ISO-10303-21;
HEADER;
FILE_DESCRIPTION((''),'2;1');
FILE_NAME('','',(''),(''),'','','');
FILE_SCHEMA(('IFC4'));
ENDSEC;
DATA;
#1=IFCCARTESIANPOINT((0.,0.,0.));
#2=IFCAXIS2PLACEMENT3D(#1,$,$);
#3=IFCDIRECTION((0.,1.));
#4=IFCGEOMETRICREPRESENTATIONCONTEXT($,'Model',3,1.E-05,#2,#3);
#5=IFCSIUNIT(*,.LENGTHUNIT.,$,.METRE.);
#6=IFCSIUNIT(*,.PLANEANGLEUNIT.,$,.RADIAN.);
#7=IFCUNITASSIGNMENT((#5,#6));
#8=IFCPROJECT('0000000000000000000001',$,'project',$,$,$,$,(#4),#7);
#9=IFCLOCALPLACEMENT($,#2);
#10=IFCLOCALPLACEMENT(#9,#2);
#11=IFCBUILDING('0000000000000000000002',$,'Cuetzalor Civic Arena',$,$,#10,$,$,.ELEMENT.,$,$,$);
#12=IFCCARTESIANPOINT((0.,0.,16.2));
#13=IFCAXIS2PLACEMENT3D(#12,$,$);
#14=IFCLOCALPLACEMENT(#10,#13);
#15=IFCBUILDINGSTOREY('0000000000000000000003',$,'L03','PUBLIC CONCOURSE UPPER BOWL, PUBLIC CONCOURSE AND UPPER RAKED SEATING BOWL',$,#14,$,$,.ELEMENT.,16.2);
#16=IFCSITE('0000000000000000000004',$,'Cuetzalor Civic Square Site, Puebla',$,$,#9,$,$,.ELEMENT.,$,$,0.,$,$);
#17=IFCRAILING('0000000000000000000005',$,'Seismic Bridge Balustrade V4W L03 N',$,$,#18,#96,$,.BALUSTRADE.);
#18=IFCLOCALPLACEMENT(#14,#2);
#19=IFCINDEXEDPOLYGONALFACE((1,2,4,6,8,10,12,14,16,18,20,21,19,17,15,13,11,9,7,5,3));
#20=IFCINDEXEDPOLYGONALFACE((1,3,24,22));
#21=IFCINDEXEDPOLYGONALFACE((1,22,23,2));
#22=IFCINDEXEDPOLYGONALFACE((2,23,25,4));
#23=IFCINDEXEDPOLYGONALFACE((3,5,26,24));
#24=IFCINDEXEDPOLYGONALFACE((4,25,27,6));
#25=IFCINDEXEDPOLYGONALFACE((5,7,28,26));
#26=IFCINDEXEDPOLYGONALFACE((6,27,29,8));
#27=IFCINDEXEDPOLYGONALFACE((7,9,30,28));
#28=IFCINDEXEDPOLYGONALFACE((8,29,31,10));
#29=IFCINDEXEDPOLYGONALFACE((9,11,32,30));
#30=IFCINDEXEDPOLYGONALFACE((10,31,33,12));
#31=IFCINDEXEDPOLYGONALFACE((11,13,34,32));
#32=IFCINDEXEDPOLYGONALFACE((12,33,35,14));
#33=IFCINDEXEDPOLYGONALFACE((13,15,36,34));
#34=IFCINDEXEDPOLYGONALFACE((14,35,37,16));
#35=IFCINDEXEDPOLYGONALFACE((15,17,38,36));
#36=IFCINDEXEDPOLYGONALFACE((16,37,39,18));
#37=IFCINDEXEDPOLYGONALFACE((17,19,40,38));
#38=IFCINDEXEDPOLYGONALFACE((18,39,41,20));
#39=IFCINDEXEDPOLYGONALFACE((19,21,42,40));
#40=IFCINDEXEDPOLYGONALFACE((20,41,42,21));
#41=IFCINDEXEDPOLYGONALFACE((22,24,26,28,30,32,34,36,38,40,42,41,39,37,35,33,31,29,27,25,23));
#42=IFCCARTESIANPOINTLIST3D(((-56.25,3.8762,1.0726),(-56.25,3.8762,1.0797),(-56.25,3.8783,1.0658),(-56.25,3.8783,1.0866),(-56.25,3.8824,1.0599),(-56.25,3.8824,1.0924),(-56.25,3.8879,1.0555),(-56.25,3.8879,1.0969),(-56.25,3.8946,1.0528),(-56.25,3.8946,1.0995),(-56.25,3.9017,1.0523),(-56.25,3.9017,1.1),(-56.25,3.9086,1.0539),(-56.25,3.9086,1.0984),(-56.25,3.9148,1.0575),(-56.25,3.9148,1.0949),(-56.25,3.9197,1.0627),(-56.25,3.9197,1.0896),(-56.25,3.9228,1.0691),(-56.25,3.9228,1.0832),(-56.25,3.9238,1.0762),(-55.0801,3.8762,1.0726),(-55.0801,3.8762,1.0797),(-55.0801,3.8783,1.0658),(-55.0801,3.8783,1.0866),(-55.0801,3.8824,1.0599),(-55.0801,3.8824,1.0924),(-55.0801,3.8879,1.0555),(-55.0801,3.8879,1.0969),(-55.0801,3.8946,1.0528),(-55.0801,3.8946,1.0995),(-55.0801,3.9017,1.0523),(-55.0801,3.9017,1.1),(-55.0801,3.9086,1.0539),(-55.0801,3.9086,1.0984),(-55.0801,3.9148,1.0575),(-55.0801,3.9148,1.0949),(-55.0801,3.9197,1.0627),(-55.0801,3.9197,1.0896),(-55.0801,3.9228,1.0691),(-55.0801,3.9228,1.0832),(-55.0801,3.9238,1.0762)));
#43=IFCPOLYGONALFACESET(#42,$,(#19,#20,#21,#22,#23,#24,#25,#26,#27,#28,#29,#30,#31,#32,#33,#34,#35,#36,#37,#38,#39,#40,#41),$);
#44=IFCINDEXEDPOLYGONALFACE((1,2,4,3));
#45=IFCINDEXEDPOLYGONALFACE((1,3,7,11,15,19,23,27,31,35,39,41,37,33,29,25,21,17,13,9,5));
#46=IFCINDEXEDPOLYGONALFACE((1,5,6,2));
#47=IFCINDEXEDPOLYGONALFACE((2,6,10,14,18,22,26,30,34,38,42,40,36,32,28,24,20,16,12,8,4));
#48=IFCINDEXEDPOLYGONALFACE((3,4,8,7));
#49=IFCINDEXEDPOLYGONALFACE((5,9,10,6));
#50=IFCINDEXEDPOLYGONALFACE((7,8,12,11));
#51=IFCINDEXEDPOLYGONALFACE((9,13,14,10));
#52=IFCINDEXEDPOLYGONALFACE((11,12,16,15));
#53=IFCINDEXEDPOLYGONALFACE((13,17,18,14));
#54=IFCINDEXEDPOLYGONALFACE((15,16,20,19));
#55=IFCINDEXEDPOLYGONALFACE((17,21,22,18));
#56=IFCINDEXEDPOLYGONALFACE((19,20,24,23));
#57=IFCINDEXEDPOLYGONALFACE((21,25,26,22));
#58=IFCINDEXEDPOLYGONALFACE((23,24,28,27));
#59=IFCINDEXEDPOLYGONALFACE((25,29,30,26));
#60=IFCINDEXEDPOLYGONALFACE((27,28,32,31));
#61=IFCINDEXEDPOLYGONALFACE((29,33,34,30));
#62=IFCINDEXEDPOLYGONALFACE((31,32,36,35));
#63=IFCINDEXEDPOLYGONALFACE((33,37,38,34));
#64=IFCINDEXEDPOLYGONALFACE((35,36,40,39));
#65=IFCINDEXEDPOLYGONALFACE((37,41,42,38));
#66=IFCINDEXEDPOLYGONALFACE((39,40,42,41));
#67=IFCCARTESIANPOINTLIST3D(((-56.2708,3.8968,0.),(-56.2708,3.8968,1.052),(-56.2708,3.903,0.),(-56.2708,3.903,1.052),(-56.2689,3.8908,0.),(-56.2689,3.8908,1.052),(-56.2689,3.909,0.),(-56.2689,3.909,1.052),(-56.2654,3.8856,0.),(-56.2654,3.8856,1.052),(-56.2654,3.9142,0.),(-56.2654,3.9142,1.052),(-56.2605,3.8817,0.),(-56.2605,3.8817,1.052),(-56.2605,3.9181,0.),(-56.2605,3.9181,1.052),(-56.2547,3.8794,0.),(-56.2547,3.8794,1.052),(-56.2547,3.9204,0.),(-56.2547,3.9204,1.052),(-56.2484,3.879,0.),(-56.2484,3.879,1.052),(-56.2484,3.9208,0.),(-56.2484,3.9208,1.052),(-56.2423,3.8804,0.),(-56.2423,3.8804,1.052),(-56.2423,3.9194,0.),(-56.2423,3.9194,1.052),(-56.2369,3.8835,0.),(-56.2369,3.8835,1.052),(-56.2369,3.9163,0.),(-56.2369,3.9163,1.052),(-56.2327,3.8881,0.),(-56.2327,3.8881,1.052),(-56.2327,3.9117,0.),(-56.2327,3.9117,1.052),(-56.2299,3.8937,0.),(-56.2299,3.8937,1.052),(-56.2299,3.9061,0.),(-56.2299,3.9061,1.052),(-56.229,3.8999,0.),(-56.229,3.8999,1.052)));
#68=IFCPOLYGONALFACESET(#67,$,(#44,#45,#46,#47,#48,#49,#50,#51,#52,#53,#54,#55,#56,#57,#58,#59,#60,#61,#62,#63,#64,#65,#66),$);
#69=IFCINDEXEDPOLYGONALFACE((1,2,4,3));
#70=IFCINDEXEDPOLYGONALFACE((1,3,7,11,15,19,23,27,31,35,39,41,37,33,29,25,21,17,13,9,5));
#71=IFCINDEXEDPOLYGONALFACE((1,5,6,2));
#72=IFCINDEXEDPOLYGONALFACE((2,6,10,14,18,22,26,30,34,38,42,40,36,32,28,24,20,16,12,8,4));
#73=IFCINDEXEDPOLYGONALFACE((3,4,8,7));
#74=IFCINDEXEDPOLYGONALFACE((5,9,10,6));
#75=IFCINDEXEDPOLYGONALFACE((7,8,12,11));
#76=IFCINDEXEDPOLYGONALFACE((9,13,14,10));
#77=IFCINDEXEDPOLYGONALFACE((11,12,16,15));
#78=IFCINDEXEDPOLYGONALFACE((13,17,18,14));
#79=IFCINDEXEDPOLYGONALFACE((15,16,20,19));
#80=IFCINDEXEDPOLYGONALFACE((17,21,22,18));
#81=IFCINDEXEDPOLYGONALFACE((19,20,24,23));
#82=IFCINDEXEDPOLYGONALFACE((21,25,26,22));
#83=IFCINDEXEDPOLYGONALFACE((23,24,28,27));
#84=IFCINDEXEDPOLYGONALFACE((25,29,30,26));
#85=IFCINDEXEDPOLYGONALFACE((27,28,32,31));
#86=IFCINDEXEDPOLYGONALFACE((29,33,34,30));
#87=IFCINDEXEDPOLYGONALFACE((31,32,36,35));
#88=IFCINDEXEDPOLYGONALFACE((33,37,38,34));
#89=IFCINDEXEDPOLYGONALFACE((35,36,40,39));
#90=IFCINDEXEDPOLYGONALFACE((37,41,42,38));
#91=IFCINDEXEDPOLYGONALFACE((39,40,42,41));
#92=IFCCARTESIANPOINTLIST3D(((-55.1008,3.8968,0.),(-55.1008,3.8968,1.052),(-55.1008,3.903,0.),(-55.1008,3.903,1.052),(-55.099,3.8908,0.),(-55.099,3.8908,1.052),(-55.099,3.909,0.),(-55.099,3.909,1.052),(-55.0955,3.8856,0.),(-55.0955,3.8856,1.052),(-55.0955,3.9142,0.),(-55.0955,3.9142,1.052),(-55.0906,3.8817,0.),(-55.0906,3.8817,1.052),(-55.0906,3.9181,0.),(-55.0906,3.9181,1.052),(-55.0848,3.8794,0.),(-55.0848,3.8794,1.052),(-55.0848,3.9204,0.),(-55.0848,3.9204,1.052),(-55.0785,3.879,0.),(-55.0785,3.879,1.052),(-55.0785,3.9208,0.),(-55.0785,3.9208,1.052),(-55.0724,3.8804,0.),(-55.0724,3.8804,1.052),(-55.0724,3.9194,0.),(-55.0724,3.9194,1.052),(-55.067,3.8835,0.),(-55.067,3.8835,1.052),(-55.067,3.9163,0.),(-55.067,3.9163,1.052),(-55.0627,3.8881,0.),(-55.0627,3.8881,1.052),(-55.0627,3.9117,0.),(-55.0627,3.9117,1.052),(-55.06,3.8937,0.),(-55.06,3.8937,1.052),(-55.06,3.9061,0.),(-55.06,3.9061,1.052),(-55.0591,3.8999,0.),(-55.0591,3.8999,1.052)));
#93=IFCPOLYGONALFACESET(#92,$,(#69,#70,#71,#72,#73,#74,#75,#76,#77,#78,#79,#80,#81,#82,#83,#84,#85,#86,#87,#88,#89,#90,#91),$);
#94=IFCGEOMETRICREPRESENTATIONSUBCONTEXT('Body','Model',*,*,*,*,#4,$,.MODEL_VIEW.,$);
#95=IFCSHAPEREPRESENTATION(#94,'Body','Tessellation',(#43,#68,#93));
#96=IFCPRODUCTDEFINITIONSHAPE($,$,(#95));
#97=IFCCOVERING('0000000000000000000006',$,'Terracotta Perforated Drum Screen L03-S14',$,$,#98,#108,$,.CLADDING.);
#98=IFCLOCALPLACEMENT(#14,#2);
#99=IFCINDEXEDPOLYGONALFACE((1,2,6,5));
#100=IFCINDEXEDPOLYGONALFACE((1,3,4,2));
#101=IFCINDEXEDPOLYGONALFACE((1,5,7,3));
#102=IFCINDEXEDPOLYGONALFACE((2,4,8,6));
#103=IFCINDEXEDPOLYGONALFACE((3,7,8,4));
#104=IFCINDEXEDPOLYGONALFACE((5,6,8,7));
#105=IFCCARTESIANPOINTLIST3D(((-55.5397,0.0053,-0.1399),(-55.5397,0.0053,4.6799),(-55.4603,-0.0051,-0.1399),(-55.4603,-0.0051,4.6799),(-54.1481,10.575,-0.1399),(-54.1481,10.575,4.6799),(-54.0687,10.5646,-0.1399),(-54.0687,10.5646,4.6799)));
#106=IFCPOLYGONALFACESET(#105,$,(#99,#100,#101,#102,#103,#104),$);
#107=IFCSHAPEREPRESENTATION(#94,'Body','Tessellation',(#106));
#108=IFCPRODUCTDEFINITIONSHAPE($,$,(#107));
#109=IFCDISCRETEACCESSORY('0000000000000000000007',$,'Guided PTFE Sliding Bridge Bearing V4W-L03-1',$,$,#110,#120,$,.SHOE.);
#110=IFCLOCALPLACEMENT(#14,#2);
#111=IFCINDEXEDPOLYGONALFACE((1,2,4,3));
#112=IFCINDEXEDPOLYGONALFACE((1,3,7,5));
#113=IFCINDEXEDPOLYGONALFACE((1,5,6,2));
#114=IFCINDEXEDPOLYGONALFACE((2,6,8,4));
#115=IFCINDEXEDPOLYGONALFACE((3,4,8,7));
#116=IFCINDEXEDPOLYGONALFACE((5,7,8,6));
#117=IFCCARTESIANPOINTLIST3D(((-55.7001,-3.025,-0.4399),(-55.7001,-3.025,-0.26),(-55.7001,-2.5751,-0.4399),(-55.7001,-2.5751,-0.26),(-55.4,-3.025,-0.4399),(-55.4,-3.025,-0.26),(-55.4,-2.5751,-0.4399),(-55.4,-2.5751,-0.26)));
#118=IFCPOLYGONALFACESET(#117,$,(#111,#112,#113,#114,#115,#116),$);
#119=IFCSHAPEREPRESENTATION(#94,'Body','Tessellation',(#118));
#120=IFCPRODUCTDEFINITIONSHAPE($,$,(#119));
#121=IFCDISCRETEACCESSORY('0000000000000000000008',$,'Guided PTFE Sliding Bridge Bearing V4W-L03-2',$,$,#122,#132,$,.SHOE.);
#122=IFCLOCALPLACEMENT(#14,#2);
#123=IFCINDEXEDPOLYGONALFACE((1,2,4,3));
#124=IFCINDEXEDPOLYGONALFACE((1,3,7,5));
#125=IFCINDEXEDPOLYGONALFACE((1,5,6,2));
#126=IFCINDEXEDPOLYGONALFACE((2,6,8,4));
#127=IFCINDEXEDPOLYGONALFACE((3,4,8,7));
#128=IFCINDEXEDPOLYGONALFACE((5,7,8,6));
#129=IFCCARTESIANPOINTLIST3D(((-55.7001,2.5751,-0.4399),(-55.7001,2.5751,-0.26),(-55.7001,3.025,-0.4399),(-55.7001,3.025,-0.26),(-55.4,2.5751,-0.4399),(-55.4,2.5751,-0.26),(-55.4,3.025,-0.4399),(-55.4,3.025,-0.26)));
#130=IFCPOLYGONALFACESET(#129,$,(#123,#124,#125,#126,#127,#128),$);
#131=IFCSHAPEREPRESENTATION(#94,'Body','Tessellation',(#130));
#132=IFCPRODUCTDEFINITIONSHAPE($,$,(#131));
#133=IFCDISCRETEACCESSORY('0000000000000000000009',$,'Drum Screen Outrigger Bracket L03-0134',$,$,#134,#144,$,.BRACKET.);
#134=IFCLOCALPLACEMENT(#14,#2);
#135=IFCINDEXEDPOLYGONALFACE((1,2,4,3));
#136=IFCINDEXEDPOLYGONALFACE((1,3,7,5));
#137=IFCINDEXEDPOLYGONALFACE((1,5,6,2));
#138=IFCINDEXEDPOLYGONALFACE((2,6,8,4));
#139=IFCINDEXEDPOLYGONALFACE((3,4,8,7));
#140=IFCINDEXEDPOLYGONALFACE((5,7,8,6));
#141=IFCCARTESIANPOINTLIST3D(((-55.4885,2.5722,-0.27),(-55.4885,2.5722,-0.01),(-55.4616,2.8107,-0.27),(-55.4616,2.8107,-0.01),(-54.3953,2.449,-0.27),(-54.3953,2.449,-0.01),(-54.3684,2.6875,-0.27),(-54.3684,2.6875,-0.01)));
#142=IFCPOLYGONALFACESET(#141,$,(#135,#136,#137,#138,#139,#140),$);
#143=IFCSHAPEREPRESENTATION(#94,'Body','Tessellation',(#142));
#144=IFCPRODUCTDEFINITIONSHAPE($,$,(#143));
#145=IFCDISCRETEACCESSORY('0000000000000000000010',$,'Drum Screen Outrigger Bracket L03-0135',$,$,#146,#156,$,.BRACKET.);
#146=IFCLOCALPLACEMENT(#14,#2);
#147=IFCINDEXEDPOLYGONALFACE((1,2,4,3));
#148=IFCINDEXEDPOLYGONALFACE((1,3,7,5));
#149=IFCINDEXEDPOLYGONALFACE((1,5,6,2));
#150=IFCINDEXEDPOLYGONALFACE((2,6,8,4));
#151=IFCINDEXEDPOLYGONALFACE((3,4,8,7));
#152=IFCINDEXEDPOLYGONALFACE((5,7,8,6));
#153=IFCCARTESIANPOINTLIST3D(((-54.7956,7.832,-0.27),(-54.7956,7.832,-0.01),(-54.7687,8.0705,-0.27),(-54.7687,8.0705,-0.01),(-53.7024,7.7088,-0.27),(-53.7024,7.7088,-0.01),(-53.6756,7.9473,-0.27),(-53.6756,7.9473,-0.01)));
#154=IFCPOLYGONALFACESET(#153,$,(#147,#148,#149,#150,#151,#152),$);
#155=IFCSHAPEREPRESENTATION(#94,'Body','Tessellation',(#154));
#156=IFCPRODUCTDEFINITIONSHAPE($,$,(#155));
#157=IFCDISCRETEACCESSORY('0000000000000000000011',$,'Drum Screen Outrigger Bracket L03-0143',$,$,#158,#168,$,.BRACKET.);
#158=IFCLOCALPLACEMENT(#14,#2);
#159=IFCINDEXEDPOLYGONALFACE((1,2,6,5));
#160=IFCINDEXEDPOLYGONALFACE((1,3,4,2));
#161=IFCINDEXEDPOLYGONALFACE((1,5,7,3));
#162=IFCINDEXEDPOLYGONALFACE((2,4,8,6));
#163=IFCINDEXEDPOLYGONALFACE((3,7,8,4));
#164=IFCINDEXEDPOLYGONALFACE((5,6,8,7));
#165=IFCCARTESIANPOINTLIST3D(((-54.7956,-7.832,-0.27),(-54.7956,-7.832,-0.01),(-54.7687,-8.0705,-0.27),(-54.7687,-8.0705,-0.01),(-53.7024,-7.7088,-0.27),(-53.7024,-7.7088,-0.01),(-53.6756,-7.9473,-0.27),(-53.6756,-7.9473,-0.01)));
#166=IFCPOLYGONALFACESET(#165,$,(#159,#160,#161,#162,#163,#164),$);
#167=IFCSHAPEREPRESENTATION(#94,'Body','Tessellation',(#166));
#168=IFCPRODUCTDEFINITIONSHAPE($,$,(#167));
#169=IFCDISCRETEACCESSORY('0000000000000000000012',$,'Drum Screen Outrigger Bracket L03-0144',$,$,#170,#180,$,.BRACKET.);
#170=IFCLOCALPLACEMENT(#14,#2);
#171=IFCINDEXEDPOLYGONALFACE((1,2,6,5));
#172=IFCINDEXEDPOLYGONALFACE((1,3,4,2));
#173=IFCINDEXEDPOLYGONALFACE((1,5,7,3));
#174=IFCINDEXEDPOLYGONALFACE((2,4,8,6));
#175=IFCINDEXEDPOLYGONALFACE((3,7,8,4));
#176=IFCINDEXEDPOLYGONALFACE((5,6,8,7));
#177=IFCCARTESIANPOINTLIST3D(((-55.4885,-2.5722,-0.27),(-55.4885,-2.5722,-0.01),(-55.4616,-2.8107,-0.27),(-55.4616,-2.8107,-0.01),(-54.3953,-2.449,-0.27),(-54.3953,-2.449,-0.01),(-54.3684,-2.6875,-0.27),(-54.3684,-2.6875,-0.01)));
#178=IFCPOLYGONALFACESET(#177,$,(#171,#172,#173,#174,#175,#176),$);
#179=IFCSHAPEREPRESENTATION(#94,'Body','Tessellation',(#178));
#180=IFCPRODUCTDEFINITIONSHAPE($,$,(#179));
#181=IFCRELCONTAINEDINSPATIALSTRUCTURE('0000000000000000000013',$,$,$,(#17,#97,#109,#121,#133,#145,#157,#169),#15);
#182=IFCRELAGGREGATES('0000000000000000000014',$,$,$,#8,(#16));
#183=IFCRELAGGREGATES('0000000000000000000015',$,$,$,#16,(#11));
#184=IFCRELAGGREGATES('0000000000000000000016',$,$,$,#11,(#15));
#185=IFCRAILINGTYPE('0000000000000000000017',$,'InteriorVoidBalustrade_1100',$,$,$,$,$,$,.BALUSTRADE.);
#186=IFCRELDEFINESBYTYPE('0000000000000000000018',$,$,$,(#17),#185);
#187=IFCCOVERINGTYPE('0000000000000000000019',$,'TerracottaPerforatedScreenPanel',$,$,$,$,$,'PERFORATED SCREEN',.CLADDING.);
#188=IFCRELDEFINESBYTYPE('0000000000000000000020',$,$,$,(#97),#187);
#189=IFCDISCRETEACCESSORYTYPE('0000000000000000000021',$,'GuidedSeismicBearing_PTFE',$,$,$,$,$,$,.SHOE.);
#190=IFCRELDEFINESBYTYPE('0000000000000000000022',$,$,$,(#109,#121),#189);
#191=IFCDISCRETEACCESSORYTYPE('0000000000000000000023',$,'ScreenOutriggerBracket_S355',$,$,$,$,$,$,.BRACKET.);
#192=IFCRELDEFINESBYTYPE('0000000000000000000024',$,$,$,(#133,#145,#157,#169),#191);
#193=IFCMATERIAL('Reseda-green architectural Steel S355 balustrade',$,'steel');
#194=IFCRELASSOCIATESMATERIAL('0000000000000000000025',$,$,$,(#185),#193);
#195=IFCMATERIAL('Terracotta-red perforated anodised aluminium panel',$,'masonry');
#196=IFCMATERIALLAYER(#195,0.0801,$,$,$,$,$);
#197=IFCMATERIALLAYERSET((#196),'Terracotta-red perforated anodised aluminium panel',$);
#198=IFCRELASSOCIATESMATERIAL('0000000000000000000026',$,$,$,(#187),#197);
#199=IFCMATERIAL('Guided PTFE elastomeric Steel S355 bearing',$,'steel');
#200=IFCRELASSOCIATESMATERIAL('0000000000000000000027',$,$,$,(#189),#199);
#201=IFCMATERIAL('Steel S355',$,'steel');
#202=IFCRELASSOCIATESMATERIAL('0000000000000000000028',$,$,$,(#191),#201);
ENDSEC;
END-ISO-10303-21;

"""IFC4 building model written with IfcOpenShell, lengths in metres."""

from ifc_helpers import new_model, si_unit, direction, frame, frame_2d, origin, origin_2d, place, context, subcontext, project, spatial, rectangle, circle, extrude, material, layer, layer_set, type_object, element, save


model = new_model("IFC4")

# Units and contexts
model_context = context("Model", 3, precision=1e-05, world=origin(), true_north=direction((0.0, 1.0)))
body_context = subcontext(model_context, "Body", "Model", "MODEL_VIEW")
ifc_project = project(units=[si_unit("LENGTHUNIT", "METRE"), si_unit("PLANEANGLEUNIT", "RADIAN")], contexts=[model_context])

# Site, building, storey
site_placement = place(None, origin())
site = spatial("IfcSite", under=ifc_project, at=site_placement, Name="Cuetzalor Civic Square Site, Puebla", CompositionType="ELEMENT", RefElevation=0.0)
building_placement = place(site_placement, origin())
building = spatial("IfcBuilding", under=site, at=building_placement, Name="Cuetzalor Civic Arena", CompositionType="ELEMENT")
storey_placement = place(building_placement, frame((0.0, 0.0, 16.2)))
storey = spatial("IfcBuildingStorey", under=building, at=storey_placement, Name="L03", Description="PUBLIC CONCOURSE UPPER BOWL, PUBLIC CONCOURSE AND UPPER RAKED SEATING BOWL", CompositionType="ELEMENT", Elevation=16.2)

# Railing
ifc_material_1 = material(Name="Reseda-green architectural Steel S355 balustrade", Category="steel")
railing_type = type_object("IfcRailingType", Name="InteriorVoidBalustrade_1100", PredefinedType="BALUSTRADE", material=ifc_material_1)
for number, where, name in (
    (1, (-56.25, 3.8999, 0.0), "Seismic Bridge Balustrade V4W L03 N"),
):
    element("IfcRailing", number, at=place(storey_placement, frame(where)), inside=storey, type_object=railing_type, Name=name, PredefinedType="BALUSTRADE", context=body_context, shape_type="SweptSolid", body=[
        extrude(circle(Radius=0.0239, at=origin_2d()), frame((0.0, 0.0, 1.0762), z_axis=(1.0, 0.0, 0.0), x_axis=(0.0, 1.0, 0.0)), (0.0, 0.0, 1.0), 1.1699),
        extrude(circle(Radius=0.021, at=origin_2d()), origin(), (0.0, 0.0, 1.0), 1.052),
        extrude(circle(Radius=0.021, at=origin_2d()), frame((1.1699, 0.0, 0.0)), (0.0, 0.0, 1.0), 1.052),
    ])

# Covering
ifc_material_2 = material(Name="Terracotta-red perforated anodised aluminium panel", Category="masonry")
ifc_layer_1 = layer(ifc_material_2, 0.0801)
ifc_layer_set_1 = layer_set([ifc_layer_1], Name="Terracotta-red perforated anodised aluminium panel")
covering_type = type_object("IfcCoveringType", Name="TerracottaPerforatedScreenPanel", ElementType="PERFORATED SCREEN", PredefinedType="CLADDING", material=ifc_layer_set_1)
covering_placement = place(storey_placement, frame((-55.5, 0.0, -0.1399), z_axis=(0.0, 0.0, 1.0), x_axis=(0.130534, 0.991444, 0.0)))
element("IfcCovering", 2, at=covering_placement, inside=storey, type_object=covering_type, Name="Terracotta Perforated Drum Screen L03-S14", PredefinedType="CLADDING", context=body_context, shape_type="SweptSolid", body=[
    extrude(rectangle(XDim=10.6609, YDim=0.0801, at=frame_2d((5.3306, 0.0))), origin(), (0.0, 0.0, 1.0), 4.8198),
])

# Discrete accessories
ifc_material_3 = material(Name="Guided PTFE elastomeric Steel S355 bearing", Category="steel")
discrete_accessory_type_1 = type_object("IfcDiscreteAccessoryType", Name="GuidedSeismicBearing_PTFE", PredefinedType="SHOE", material=ifc_material_3)
for number, where, z_axis, x_axis, name in (
    (3, (-55.55, -2.8, -0.4399), (0.0, 0.0, 1.0), (1.0, 0.0, 0.0), "Guided PTFE Sliding Bridge Bearing V4W-L03-1"),
    (4, (-55.55, 2.8, -0.4399), (0.0, 0.0, 1.0), (1.0, 0.0, 0.0), "Guided PTFE Sliding Bridge Bearing V4W-L03-2"),
):
    element("IfcDiscreteAccessory", number, at=place(storey_placement, frame(where, z_axis=z_axis, x_axis=x_axis)), inside=storey, type_object=discrete_accessory_type_1, Name=name, PredefinedType="SHOE", context=body_context, shape_type="SweptSolid", body=[
        extrude(rectangle(XDim=0.3, YDim=0.45, at=origin_2d()), origin(), (0.0, 0.0, 1.0), 0.1799),
    ])
ifc_material_4 = material(Name="Steel S355", Category="steel")
discrete_accessory_type_2 = type_object("IfcDiscreteAccessoryType", Name="ScreenOutriggerBracket_S355", PredefinedType="BRACKET", material=ifc_material_4)
for number, where, z_axis, x_axis, name in (
    (5, (-54.9285, 2.6299, -0.27), (0.0, 0.0, 1.0), (-0.993709, 0.111989, 0.0), "Drum Screen Outrigger Bracket L03-0134"),
    (6, (-54.2356, 7.8896, -0.27), (0.0, 0.0, 1.0), (-0.993709, 0.111989, 0.0), "Drum Screen Outrigger Bracket L03-0135"),
    (7, (-54.2356, -7.8896, -0.27), (0.0, 0.0, 1.0), (-0.993709, -0.111989, 0.0), "Drum Screen Outrigger Bracket L03-0143"),
    (8, (-54.9285, -2.6299, -0.27), (0.0, 0.0, 1.0), (-0.993709, -0.111989, 0.0), "Drum Screen Outrigger Bracket L03-0144"),
):
    element("IfcDiscreteAccessory", number, at=place(storey_placement, frame(where, z_axis=z_axis, x_axis=x_axis)), inside=storey, type_object=discrete_accessory_type_2, Name=name, PredefinedType="BRACKET", context=body_context, shape_type="SweptSolid", body=[
        extrude(rectangle(XDim=1.1001, YDim=0.24, at=origin_2d()), origin(), (0.0, 0.0, 1.0), 0.26),
    ])

save(model, "model.ifc")
